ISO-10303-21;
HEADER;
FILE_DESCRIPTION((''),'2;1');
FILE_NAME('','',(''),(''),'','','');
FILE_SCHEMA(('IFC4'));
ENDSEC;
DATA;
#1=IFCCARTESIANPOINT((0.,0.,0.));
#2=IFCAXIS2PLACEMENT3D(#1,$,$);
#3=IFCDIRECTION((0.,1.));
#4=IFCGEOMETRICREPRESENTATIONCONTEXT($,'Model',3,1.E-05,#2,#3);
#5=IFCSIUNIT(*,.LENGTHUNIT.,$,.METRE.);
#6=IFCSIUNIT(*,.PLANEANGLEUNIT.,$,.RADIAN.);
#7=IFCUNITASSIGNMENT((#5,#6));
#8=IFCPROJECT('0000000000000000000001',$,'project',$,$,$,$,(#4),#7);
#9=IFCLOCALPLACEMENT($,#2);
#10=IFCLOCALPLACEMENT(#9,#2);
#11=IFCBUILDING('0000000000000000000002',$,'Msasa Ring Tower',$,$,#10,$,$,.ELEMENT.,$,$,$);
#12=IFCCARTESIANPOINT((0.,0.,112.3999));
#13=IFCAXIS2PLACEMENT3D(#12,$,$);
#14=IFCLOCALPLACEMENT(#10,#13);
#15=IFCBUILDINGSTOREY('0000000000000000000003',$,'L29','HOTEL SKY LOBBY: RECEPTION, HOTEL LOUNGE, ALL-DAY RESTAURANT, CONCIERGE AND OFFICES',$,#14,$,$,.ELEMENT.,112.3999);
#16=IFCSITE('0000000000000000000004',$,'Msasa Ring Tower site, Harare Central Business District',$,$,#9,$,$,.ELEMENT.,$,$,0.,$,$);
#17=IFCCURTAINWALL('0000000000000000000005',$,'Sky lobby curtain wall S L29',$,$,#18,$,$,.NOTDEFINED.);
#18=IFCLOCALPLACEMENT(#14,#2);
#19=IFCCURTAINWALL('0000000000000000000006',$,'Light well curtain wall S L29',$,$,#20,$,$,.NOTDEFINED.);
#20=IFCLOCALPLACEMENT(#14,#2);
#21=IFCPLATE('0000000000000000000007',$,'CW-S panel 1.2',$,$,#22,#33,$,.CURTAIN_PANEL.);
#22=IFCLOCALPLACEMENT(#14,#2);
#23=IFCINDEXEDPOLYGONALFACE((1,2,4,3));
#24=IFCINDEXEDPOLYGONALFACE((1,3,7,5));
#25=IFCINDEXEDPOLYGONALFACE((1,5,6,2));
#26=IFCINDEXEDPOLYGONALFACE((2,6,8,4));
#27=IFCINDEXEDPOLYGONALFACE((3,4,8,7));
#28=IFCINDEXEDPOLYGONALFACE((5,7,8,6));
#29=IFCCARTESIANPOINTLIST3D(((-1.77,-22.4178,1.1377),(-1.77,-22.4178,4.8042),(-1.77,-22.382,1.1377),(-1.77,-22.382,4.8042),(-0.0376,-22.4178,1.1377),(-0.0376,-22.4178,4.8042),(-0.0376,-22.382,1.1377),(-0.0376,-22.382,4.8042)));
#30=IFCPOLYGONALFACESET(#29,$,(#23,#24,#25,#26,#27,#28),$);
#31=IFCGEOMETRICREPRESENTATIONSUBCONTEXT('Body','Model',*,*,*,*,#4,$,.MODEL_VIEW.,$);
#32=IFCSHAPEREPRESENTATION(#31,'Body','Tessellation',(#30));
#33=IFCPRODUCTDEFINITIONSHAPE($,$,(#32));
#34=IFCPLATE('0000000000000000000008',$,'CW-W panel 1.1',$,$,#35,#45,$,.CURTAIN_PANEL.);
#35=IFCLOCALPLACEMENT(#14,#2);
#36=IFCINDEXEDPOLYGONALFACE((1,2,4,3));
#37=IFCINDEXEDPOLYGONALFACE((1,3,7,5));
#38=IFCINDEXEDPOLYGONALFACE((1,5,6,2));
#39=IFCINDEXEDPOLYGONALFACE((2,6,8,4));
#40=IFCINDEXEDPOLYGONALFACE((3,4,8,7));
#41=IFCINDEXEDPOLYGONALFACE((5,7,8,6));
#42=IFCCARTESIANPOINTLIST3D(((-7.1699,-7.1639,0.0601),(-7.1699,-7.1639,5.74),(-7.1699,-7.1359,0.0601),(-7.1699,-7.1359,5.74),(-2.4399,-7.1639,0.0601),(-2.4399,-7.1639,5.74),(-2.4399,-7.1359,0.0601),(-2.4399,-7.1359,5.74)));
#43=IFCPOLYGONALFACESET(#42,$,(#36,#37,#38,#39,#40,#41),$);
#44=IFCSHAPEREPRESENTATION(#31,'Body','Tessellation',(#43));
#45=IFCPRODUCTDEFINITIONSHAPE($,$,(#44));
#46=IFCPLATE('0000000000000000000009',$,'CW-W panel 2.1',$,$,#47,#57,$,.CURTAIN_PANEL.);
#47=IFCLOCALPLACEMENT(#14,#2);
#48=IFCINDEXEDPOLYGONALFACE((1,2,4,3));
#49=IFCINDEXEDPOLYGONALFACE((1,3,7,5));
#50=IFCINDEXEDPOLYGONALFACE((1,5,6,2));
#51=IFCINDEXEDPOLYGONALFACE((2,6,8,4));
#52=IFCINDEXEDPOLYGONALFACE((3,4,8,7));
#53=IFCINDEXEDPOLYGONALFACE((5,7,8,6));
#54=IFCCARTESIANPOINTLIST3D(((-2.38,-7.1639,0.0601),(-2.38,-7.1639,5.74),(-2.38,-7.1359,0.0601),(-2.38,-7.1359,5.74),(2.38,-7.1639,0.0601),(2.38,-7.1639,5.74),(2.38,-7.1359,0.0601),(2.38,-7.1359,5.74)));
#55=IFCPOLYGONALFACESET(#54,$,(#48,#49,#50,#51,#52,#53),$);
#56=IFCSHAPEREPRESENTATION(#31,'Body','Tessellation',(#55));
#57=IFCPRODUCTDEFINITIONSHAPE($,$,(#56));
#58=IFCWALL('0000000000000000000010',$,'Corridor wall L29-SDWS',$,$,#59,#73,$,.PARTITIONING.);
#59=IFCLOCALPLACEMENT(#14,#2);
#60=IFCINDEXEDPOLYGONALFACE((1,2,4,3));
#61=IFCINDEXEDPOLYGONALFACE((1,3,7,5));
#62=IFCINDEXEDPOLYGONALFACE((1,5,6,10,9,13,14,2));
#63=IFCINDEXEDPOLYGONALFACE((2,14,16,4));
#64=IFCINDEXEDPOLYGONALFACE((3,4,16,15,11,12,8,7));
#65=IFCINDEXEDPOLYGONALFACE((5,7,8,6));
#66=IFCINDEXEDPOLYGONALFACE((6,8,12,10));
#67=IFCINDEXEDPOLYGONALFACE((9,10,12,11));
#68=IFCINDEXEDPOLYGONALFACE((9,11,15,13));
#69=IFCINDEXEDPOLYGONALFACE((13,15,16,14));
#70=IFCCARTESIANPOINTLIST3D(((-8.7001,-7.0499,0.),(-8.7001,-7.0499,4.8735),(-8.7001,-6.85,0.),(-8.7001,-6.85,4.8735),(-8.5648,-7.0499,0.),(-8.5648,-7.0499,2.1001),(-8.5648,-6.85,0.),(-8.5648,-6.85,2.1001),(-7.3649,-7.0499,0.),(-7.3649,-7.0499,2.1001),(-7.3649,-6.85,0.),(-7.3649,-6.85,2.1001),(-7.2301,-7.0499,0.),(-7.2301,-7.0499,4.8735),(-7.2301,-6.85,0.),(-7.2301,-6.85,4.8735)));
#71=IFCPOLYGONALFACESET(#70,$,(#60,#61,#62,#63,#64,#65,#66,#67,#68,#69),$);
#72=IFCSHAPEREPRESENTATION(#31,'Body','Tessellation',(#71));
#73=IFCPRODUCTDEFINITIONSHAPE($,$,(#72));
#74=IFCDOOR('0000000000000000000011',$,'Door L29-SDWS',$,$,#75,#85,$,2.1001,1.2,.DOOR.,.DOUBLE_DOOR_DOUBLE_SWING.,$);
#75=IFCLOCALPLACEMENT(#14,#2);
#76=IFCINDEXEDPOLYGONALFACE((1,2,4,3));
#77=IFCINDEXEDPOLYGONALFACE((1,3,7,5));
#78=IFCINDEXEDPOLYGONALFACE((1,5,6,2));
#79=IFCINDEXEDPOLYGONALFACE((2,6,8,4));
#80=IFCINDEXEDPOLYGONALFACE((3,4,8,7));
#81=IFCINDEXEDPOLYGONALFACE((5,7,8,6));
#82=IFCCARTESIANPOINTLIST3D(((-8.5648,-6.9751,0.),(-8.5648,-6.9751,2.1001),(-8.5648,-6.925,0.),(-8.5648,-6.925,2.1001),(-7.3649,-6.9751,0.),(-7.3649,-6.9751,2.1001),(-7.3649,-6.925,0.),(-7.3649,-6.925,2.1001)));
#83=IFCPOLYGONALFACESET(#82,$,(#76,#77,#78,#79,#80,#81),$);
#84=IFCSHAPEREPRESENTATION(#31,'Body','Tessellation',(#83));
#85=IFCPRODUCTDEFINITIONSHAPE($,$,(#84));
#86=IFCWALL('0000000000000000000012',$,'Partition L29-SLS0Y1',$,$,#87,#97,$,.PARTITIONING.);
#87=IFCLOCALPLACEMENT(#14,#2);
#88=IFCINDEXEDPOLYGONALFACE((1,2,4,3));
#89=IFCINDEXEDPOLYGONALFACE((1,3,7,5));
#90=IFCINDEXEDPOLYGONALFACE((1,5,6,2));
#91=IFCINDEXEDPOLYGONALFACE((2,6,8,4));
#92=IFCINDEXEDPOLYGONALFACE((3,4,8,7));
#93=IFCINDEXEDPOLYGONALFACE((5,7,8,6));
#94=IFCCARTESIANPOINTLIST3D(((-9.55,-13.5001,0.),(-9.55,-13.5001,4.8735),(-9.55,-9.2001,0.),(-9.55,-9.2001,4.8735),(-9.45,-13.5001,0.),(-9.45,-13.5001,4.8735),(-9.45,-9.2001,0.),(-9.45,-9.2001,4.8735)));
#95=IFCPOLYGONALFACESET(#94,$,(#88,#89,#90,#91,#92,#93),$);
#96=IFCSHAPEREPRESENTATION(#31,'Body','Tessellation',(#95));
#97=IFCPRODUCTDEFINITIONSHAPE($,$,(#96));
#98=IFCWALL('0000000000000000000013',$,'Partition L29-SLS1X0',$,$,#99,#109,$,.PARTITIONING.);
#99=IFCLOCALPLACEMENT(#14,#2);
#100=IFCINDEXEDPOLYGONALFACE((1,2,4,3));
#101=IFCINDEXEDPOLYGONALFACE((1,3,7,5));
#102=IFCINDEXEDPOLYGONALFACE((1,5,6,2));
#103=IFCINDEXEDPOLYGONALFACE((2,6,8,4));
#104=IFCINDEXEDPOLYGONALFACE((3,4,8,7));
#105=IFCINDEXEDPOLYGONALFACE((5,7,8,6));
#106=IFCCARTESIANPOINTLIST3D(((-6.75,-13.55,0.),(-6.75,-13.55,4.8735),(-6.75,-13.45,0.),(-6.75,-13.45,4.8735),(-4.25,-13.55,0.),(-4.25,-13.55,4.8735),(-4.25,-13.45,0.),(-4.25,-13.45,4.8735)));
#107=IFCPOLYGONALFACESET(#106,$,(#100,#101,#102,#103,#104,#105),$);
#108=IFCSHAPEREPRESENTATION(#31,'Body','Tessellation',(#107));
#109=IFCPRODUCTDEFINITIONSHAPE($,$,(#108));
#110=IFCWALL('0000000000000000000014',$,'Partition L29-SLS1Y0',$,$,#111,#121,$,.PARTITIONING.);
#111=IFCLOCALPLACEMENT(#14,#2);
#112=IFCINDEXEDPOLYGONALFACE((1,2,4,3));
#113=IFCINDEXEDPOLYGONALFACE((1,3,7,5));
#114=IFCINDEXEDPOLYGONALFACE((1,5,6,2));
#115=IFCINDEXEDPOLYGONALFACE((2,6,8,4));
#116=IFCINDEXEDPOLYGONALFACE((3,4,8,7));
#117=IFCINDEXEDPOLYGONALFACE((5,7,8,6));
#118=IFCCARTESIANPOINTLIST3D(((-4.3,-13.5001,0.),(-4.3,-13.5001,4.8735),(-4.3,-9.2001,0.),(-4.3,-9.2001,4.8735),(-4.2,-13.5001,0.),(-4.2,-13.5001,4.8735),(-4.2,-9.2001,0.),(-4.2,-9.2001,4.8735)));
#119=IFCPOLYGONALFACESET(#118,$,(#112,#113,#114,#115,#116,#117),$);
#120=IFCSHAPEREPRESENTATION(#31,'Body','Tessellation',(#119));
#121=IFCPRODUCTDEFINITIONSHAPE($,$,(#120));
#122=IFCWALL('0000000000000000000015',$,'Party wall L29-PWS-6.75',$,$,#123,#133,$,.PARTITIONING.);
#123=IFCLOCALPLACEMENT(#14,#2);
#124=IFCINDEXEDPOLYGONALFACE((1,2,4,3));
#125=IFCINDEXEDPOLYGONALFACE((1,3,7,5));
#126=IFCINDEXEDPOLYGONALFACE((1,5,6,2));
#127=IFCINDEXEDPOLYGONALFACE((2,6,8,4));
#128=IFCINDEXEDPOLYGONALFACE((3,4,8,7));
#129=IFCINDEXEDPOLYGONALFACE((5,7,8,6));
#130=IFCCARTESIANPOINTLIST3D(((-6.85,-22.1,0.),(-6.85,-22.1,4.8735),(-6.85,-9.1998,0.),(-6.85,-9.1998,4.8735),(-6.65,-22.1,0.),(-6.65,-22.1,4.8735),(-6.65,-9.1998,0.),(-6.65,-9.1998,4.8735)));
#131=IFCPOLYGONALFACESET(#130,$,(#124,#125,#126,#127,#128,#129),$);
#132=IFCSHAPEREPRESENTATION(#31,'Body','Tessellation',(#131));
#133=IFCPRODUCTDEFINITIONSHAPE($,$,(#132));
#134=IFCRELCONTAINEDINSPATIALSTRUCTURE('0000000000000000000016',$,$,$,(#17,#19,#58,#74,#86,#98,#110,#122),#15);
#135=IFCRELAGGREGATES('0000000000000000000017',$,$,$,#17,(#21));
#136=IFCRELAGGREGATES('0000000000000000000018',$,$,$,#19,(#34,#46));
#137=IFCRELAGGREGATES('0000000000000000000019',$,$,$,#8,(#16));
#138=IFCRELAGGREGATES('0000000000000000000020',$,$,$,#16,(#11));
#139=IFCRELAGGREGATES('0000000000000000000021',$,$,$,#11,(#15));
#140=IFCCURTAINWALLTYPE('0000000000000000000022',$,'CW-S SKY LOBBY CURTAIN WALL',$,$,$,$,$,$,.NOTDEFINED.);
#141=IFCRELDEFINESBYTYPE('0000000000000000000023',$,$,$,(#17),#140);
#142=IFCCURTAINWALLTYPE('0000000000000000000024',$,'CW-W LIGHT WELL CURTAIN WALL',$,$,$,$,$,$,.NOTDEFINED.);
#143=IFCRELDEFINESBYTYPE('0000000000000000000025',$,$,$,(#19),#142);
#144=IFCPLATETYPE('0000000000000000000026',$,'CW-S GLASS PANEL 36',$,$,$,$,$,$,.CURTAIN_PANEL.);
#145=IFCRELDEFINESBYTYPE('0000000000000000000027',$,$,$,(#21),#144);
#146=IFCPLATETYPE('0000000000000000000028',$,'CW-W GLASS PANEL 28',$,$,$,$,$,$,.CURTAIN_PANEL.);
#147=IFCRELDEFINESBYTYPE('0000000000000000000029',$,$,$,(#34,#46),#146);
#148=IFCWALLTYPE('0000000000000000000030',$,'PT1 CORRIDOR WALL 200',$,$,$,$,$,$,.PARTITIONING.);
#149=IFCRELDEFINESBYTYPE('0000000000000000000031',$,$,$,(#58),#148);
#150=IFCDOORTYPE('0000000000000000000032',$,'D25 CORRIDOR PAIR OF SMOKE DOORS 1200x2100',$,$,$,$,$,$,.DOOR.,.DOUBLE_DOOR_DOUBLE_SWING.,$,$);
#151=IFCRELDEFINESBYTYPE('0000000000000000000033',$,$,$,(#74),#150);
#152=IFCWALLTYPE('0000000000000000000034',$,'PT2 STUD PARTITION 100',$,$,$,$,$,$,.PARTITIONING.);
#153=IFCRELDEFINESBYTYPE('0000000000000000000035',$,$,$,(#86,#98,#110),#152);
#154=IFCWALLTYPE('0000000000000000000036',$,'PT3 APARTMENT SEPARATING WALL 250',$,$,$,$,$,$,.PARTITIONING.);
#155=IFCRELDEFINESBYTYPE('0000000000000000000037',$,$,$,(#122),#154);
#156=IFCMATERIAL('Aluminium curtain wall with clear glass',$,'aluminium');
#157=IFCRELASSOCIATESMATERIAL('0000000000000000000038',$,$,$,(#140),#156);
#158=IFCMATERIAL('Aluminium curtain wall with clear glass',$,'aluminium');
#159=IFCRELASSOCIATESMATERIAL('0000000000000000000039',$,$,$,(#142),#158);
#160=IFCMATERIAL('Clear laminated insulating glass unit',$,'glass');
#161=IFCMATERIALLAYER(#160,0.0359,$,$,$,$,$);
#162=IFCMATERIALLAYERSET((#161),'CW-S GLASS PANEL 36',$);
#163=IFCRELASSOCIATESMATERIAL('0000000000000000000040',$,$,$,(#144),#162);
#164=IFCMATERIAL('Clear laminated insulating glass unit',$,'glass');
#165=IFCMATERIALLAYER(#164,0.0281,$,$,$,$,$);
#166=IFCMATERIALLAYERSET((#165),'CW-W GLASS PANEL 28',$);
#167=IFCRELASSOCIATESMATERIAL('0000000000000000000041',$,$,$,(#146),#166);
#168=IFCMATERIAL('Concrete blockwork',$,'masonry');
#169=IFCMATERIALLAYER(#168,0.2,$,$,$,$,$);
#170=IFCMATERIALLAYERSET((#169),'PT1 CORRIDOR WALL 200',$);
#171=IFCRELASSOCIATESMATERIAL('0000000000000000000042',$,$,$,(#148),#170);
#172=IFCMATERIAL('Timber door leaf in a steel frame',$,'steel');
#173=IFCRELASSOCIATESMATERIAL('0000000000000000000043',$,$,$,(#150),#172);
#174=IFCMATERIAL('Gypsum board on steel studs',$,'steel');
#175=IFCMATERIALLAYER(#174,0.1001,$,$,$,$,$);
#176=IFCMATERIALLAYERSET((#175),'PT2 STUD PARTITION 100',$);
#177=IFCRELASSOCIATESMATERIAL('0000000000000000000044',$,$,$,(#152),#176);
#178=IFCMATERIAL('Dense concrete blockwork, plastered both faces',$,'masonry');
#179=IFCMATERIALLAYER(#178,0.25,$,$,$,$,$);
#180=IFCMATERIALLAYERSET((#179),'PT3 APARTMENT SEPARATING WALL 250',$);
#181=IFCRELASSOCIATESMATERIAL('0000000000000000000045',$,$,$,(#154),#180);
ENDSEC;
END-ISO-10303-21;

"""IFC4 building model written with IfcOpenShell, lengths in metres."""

from ifc_helpers import new_model, si_unit, direction, frame, frame_2d, origin, origin_2d, place, context, subcontext, project, spatial, rectangle, extrude, material, layer, layer_set, type_object, element, fill, aggregate, save


model = new_model("IFC4")

# Units and contexts
model_context = context("Model", 3, precision=1e-05, world=origin(), true_north=direction((0.0, 1.0)))
body_context = subcontext(model_context, "Body", "Model", "MODEL_VIEW")
ifc_project = project(units=[si_unit("LENGTHUNIT", "METRE"), si_unit("PLANEANGLEUNIT", "RADIAN")], contexts=[model_context])

# Site, building, storey
site_placement = place(None, origin())
site = spatial("IfcSite", under=ifc_project, at=site_placement, Name="Msasa Ring Tower site, Harare Central Business District", CompositionType="ELEMENT", RefElevation=0.0)
building_placement = place(site_placement, origin())
building = spatial("IfcBuilding", under=site, at=building_placement, Name="Msasa Ring Tower", CompositionType="ELEMENT")
storey_placement = place(building_placement, frame((0.0, 0.0, 112.3999)))
storey = spatial("IfcBuildingStorey", under=building, at=storey_placement, Name="L29", Description="HOTEL SKY LOBBY: RECEPTION, HOTEL LOUNGE, ALL-DAY RESTAURANT, CONCIERGE AND OFFICES", CompositionType="ELEMENT", Elevation=112.3999)

# Curtain walls
ifc_material_1 = material(Name="Aluminium curtain wall with clear glass", Category="aluminium")
curtain_wall_type_1 = type_object("IfcCurtainWallType", Name="CW-S SKY LOBBY CURTAIN WALL", PredefinedType="NOTDEFINED", material=ifc_material_1)
curtain_wall_1_placement = place(storey_placement, origin())
curtain_wall_1 = element("IfcCurtainWall", 1, at=curtain_wall_1_placement, inside=storey, type_object=curtain_wall_type_1, Name="Sky lobby curtain wall S L29", PredefinedType="NOTDEFINED")
ifc_material_2 = material(Name="Aluminium curtain wall with clear glass", Category="aluminium")
curtain_wall_type_2 = type_object("IfcCurtainWallType", Name="CW-W LIGHT WELL CURTAIN WALL", PredefinedType="NOTDEFINED", material=ifc_material_2)
curtain_wall_2_placement = place(storey_placement, origin())
curtain_wall_2 = element("IfcCurtainWall", 2, at=curtain_wall_2_placement, inside=storey, type_object=curtain_wall_type_2, Name="Light well curtain wall S L29", PredefinedType="NOTDEFINED")

# Plates
ifc_material_3 = material(Name="Clear laminated insulating glass unit", Category="glass")
ifc_layer_1 = layer(ifc_material_3, 0.0359)
ifc_layer_set_1 = layer_set([ifc_layer_1], Name="CW-S GLASS PANEL 36")
plate_type_1 = type_object("IfcPlateType", Name="CW-S GLASS PANEL 36", PredefinedType="CURTAIN_PANEL", material=ifc_layer_set_1)
plate_1_placement = place(storey_placement, frame((-0.9038, -22.3999, 1.1377), z_axis=(0.0, 0.0, 1.0), x_axis=(1.0, 0.0, 0.0)))
plate_1 = element("IfcPlate", 3, at=plate_1_placement, type_object=plate_type_1, Name="CW-S panel 1.2", PredefinedType="CURTAIN_PANEL", context=body_context, shape_type="SweptSolid", body=[
    extrude(rectangle(XDim=1.7324, YDim=0.0359, at=origin_2d()), origin(), (0.0, 0.0, 1.0), 3.6665),
])
aggregate(curtain_wall_1, [plate_1])
ifc_material_4 = material(Name="Clear laminated insulating glass unit", Category="glass")
ifc_layer_2 = layer(ifc_material_4, 0.0281)
ifc_layer_set_2 = layer_set([ifc_layer_2], Name="CW-W GLASS PANEL 28")
plate_type_2 = type_object("IfcPlateType", Name="CW-W GLASS PANEL 28", PredefinedType="CURTAIN_PANEL", material=ifc_layer_set_2)
plate_2_placement = place(storey_placement, frame((-4.8049, -7.1499, 0.0601), z_axis=(0.0, 0.0, 1.0), x_axis=(1.0, 0.0, 0.0)))
plate_2 = element("IfcPlate", 4, at=plate_2_placement, type_object=plate_type_2, Name="CW-W panel 1.1", PredefinedType="CURTAIN_PANEL", context=body_context, shape_type="SweptSolid", body=[
    extrude(rectangle(XDim=4.73, YDim=0.0281, at=origin_2d()), origin(), (0.0, 0.0, 1.0), 5.6799),
])
plate_3_placement = place(storey_placement, frame((0.0, -7.1499, 0.0601), z_axis=(0.0, 0.0, 1.0), x_axis=(1.0, 0.0, 0.0)))
plate_3 = element("IfcPlate", 5, at=plate_3_placement, type_object=plate_type_2, Name="CW-W panel 2.1", PredefinedType="CURTAIN_PANEL", context=body_context, shape_type="SweptSolid", body=[
    extrude(rectangle(XDim=4.76, YDim=0.0281, at=origin_2d()), origin(), (0.0, 0.0, 1.0), 5.6799),
])
aggregate(curtain_wall_2, [plate_2, plate_3])

# Wall, opening, door
ifc_material_5 = material(Name="Concrete blockwork", Category="masonry")
ifc_layer_3 = layer(ifc_material_5, 0.2)
ifc_layer_set_3 = layer_set([ifc_layer_3], Name="PT1 CORRIDOR WALL 200")
wall_type_1 = type_object("IfcWallType", Name="PT1 CORRIDOR WALL 200", PredefinedType="PARTITIONING", material=ifc_layer_set_3)
wall_1_placement = place(storey_placement, frame((-8.7, -6.95, 0.0), z_axis=(0.0, 0.0, 1.0), x_axis=(1.0, 0.0, 0.0)))
wall_1 = element("IfcWall", 6, at=wall_1_placement, inside=storey, type_object=wall_type_1, Name="Corridor wall L29-SDWS", PredefinedType="PARTITIONING", context=body_context, shape_type="SweptSolid", body=[
    extrude(rectangle(XDim=1.47, YDim=0.2, at=frame_2d((0.7349, 0.0))), origin(), (0.0, 0.0, 1.0), 4.8735),
])
opening_placement = place(wall_1_placement, frame((0.135, 0.0, 0.0)))
opening = element("IfcOpeningElement", 7, at=opening_placement, cuts=wall_1, PredefinedType="OPENING", context=body_context, shape_type="SweptSolid", body=[
    extrude(rectangle(XDim=1.2, YDim=2.1001, at=frame_2d((0.6001, 1.05))), frame((0.0, 0.1099, 0.0), z_axis=(0.0, -1.0, 0.0), x_axis=(1.0, 0.0, 0.0)), (0.0, 0.0, 1.0), 0.22),
])
ifc_material_6 = material(Name="Timber door leaf in a steel frame", Category="steel")
door_type = type_object("IfcDoorType", Name="D25 CORRIDOR PAIR OF SMOKE DOORS 1200x2100", OperationType="DOUBLE_DOOR_DOUBLE_SWING", PredefinedType="DOOR", material=ifc_material_6)
door_placement = place(opening_placement, origin())
door = element("IfcDoor", 8, at=door_placement, inside=storey, type_object=door_type, Name="Door L29-SDWS", OperationType="DOUBLE_DOOR_DOUBLE_SWING", OverallHeight=2.1001, OverallWidth=1.2, PredefinedType="DOOR", context=body_context, shape_type="SweptSolid", body=[
    extrude(rectangle(XDim=1.2, YDim=2.1001, at=frame_2d((0.6001, 1.05))), frame((0.0, 0.0249, 0.0), z_axis=(0.0, -1.0, 0.0), x_axis=(1.0, 0.0, 0.0)), (0.0, 0.0, 1.0), 0.05),
])
fill(opening, door)

# Walls
ifc_material_7 = material(Name="Gypsum board on steel studs", Category="steel")
ifc_layer_4 = layer(ifc_material_7, 0.1001)
ifc_layer_set_4 = layer_set([ifc_layer_4], Name="PT2 STUD PARTITION 100")
wall_type_2 = type_object("IfcWallType", Name="PT2 STUD PARTITION 100", PredefinedType="PARTITIONING", material=ifc_layer_set_4)
wall_2_placement = place(storey_placement, frame((-9.5, -13.5, 0.0), z_axis=(0.0, 0.0, 1.0), x_axis=(0.0, 1.0, 0.0)))
element("IfcWall", 9, at=wall_2_placement, inside=storey, type_object=wall_type_2, Name="Partition L29-SLS0Y1", PredefinedType="PARTITIONING", context=body_context, shape_type="SweptSolid", body=[
    extrude(rectangle(XDim=4.3, YDim=0.1001, at=frame_2d((2.1499, 0.0))), origin(), (0.0, 0.0, 1.0), 4.8735),
])
wall_3_placement = place(storey_placement, frame((-6.75, -13.5, 0.0), z_axis=(0.0, 0.0, 1.0), x_axis=(1.0, 0.0, 0.0)))
element("IfcWall", 10, at=wall_3_placement, inside=storey, type_object=wall_type_2, Name="Partition L29-SLS1X0", PredefinedType="PARTITIONING", context=body_context, shape_type="SweptSolid", body=[
    extrude(rectangle(XDim=2.5, YDim=0.1001, at=frame_2d((1.25, 0.0))), origin(), (0.0, 0.0, 1.0), 4.8735),
])
wall_4_placement = place(storey_placement, frame((-4.25, -13.5, 0.0), z_axis=(0.0, 0.0, 1.0), x_axis=(0.0, 1.0, 0.0)))
element("IfcWall", 11, at=wall_4_placement, inside=storey, type_object=wall_type_2, Name="Partition L29-SLS1Y0", PredefinedType="PARTITIONING", context=body_context, shape_type="SweptSolid", body=[
    extrude(rectangle(XDim=4.3, YDim=0.1001, at=frame_2d((2.1499, 0.0))), origin(), (0.0, 0.0, 1.0), 4.8735),
])
ifc_material_8 = material(Name="Dense concrete blockwork, plastered both faces", Category="masonry")
ifc_layer_5 = layer(ifc_material_8, 0.25)
ifc_layer_set_5 = layer_set([ifc_layer_5], Name="PT3 APARTMENT SEPARATING WALL 250")
wall_type_3 = type_object("IfcWallType", Name="PT3 APARTMENT SEPARATING WALL 250", PredefinedType="PARTITIONING", material=ifc_layer_set_5)
wall_5_placement = place(storey_placement, frame((-6.75, -22.1001, 0.0), z_axis=(0.0, 0.0, 1.0), x_axis=(0.0, 1.0, 0.0)))
element("IfcWall", 12, at=wall_5_placement, inside=storey, type_object=wall_type_3, Name="Party wall L29-PWS-6.75", PredefinedType="PARTITIONING", context=body_context, shape_type="SweptSolid", body=[
    extrude(rectangle(XDim=12.9001, YDim=0.2, at=frame_2d((6.4502, 0.0))), origin(), (0.0, 0.0, 1.0), 4.8735),
])

save(model, "model.ifc")
